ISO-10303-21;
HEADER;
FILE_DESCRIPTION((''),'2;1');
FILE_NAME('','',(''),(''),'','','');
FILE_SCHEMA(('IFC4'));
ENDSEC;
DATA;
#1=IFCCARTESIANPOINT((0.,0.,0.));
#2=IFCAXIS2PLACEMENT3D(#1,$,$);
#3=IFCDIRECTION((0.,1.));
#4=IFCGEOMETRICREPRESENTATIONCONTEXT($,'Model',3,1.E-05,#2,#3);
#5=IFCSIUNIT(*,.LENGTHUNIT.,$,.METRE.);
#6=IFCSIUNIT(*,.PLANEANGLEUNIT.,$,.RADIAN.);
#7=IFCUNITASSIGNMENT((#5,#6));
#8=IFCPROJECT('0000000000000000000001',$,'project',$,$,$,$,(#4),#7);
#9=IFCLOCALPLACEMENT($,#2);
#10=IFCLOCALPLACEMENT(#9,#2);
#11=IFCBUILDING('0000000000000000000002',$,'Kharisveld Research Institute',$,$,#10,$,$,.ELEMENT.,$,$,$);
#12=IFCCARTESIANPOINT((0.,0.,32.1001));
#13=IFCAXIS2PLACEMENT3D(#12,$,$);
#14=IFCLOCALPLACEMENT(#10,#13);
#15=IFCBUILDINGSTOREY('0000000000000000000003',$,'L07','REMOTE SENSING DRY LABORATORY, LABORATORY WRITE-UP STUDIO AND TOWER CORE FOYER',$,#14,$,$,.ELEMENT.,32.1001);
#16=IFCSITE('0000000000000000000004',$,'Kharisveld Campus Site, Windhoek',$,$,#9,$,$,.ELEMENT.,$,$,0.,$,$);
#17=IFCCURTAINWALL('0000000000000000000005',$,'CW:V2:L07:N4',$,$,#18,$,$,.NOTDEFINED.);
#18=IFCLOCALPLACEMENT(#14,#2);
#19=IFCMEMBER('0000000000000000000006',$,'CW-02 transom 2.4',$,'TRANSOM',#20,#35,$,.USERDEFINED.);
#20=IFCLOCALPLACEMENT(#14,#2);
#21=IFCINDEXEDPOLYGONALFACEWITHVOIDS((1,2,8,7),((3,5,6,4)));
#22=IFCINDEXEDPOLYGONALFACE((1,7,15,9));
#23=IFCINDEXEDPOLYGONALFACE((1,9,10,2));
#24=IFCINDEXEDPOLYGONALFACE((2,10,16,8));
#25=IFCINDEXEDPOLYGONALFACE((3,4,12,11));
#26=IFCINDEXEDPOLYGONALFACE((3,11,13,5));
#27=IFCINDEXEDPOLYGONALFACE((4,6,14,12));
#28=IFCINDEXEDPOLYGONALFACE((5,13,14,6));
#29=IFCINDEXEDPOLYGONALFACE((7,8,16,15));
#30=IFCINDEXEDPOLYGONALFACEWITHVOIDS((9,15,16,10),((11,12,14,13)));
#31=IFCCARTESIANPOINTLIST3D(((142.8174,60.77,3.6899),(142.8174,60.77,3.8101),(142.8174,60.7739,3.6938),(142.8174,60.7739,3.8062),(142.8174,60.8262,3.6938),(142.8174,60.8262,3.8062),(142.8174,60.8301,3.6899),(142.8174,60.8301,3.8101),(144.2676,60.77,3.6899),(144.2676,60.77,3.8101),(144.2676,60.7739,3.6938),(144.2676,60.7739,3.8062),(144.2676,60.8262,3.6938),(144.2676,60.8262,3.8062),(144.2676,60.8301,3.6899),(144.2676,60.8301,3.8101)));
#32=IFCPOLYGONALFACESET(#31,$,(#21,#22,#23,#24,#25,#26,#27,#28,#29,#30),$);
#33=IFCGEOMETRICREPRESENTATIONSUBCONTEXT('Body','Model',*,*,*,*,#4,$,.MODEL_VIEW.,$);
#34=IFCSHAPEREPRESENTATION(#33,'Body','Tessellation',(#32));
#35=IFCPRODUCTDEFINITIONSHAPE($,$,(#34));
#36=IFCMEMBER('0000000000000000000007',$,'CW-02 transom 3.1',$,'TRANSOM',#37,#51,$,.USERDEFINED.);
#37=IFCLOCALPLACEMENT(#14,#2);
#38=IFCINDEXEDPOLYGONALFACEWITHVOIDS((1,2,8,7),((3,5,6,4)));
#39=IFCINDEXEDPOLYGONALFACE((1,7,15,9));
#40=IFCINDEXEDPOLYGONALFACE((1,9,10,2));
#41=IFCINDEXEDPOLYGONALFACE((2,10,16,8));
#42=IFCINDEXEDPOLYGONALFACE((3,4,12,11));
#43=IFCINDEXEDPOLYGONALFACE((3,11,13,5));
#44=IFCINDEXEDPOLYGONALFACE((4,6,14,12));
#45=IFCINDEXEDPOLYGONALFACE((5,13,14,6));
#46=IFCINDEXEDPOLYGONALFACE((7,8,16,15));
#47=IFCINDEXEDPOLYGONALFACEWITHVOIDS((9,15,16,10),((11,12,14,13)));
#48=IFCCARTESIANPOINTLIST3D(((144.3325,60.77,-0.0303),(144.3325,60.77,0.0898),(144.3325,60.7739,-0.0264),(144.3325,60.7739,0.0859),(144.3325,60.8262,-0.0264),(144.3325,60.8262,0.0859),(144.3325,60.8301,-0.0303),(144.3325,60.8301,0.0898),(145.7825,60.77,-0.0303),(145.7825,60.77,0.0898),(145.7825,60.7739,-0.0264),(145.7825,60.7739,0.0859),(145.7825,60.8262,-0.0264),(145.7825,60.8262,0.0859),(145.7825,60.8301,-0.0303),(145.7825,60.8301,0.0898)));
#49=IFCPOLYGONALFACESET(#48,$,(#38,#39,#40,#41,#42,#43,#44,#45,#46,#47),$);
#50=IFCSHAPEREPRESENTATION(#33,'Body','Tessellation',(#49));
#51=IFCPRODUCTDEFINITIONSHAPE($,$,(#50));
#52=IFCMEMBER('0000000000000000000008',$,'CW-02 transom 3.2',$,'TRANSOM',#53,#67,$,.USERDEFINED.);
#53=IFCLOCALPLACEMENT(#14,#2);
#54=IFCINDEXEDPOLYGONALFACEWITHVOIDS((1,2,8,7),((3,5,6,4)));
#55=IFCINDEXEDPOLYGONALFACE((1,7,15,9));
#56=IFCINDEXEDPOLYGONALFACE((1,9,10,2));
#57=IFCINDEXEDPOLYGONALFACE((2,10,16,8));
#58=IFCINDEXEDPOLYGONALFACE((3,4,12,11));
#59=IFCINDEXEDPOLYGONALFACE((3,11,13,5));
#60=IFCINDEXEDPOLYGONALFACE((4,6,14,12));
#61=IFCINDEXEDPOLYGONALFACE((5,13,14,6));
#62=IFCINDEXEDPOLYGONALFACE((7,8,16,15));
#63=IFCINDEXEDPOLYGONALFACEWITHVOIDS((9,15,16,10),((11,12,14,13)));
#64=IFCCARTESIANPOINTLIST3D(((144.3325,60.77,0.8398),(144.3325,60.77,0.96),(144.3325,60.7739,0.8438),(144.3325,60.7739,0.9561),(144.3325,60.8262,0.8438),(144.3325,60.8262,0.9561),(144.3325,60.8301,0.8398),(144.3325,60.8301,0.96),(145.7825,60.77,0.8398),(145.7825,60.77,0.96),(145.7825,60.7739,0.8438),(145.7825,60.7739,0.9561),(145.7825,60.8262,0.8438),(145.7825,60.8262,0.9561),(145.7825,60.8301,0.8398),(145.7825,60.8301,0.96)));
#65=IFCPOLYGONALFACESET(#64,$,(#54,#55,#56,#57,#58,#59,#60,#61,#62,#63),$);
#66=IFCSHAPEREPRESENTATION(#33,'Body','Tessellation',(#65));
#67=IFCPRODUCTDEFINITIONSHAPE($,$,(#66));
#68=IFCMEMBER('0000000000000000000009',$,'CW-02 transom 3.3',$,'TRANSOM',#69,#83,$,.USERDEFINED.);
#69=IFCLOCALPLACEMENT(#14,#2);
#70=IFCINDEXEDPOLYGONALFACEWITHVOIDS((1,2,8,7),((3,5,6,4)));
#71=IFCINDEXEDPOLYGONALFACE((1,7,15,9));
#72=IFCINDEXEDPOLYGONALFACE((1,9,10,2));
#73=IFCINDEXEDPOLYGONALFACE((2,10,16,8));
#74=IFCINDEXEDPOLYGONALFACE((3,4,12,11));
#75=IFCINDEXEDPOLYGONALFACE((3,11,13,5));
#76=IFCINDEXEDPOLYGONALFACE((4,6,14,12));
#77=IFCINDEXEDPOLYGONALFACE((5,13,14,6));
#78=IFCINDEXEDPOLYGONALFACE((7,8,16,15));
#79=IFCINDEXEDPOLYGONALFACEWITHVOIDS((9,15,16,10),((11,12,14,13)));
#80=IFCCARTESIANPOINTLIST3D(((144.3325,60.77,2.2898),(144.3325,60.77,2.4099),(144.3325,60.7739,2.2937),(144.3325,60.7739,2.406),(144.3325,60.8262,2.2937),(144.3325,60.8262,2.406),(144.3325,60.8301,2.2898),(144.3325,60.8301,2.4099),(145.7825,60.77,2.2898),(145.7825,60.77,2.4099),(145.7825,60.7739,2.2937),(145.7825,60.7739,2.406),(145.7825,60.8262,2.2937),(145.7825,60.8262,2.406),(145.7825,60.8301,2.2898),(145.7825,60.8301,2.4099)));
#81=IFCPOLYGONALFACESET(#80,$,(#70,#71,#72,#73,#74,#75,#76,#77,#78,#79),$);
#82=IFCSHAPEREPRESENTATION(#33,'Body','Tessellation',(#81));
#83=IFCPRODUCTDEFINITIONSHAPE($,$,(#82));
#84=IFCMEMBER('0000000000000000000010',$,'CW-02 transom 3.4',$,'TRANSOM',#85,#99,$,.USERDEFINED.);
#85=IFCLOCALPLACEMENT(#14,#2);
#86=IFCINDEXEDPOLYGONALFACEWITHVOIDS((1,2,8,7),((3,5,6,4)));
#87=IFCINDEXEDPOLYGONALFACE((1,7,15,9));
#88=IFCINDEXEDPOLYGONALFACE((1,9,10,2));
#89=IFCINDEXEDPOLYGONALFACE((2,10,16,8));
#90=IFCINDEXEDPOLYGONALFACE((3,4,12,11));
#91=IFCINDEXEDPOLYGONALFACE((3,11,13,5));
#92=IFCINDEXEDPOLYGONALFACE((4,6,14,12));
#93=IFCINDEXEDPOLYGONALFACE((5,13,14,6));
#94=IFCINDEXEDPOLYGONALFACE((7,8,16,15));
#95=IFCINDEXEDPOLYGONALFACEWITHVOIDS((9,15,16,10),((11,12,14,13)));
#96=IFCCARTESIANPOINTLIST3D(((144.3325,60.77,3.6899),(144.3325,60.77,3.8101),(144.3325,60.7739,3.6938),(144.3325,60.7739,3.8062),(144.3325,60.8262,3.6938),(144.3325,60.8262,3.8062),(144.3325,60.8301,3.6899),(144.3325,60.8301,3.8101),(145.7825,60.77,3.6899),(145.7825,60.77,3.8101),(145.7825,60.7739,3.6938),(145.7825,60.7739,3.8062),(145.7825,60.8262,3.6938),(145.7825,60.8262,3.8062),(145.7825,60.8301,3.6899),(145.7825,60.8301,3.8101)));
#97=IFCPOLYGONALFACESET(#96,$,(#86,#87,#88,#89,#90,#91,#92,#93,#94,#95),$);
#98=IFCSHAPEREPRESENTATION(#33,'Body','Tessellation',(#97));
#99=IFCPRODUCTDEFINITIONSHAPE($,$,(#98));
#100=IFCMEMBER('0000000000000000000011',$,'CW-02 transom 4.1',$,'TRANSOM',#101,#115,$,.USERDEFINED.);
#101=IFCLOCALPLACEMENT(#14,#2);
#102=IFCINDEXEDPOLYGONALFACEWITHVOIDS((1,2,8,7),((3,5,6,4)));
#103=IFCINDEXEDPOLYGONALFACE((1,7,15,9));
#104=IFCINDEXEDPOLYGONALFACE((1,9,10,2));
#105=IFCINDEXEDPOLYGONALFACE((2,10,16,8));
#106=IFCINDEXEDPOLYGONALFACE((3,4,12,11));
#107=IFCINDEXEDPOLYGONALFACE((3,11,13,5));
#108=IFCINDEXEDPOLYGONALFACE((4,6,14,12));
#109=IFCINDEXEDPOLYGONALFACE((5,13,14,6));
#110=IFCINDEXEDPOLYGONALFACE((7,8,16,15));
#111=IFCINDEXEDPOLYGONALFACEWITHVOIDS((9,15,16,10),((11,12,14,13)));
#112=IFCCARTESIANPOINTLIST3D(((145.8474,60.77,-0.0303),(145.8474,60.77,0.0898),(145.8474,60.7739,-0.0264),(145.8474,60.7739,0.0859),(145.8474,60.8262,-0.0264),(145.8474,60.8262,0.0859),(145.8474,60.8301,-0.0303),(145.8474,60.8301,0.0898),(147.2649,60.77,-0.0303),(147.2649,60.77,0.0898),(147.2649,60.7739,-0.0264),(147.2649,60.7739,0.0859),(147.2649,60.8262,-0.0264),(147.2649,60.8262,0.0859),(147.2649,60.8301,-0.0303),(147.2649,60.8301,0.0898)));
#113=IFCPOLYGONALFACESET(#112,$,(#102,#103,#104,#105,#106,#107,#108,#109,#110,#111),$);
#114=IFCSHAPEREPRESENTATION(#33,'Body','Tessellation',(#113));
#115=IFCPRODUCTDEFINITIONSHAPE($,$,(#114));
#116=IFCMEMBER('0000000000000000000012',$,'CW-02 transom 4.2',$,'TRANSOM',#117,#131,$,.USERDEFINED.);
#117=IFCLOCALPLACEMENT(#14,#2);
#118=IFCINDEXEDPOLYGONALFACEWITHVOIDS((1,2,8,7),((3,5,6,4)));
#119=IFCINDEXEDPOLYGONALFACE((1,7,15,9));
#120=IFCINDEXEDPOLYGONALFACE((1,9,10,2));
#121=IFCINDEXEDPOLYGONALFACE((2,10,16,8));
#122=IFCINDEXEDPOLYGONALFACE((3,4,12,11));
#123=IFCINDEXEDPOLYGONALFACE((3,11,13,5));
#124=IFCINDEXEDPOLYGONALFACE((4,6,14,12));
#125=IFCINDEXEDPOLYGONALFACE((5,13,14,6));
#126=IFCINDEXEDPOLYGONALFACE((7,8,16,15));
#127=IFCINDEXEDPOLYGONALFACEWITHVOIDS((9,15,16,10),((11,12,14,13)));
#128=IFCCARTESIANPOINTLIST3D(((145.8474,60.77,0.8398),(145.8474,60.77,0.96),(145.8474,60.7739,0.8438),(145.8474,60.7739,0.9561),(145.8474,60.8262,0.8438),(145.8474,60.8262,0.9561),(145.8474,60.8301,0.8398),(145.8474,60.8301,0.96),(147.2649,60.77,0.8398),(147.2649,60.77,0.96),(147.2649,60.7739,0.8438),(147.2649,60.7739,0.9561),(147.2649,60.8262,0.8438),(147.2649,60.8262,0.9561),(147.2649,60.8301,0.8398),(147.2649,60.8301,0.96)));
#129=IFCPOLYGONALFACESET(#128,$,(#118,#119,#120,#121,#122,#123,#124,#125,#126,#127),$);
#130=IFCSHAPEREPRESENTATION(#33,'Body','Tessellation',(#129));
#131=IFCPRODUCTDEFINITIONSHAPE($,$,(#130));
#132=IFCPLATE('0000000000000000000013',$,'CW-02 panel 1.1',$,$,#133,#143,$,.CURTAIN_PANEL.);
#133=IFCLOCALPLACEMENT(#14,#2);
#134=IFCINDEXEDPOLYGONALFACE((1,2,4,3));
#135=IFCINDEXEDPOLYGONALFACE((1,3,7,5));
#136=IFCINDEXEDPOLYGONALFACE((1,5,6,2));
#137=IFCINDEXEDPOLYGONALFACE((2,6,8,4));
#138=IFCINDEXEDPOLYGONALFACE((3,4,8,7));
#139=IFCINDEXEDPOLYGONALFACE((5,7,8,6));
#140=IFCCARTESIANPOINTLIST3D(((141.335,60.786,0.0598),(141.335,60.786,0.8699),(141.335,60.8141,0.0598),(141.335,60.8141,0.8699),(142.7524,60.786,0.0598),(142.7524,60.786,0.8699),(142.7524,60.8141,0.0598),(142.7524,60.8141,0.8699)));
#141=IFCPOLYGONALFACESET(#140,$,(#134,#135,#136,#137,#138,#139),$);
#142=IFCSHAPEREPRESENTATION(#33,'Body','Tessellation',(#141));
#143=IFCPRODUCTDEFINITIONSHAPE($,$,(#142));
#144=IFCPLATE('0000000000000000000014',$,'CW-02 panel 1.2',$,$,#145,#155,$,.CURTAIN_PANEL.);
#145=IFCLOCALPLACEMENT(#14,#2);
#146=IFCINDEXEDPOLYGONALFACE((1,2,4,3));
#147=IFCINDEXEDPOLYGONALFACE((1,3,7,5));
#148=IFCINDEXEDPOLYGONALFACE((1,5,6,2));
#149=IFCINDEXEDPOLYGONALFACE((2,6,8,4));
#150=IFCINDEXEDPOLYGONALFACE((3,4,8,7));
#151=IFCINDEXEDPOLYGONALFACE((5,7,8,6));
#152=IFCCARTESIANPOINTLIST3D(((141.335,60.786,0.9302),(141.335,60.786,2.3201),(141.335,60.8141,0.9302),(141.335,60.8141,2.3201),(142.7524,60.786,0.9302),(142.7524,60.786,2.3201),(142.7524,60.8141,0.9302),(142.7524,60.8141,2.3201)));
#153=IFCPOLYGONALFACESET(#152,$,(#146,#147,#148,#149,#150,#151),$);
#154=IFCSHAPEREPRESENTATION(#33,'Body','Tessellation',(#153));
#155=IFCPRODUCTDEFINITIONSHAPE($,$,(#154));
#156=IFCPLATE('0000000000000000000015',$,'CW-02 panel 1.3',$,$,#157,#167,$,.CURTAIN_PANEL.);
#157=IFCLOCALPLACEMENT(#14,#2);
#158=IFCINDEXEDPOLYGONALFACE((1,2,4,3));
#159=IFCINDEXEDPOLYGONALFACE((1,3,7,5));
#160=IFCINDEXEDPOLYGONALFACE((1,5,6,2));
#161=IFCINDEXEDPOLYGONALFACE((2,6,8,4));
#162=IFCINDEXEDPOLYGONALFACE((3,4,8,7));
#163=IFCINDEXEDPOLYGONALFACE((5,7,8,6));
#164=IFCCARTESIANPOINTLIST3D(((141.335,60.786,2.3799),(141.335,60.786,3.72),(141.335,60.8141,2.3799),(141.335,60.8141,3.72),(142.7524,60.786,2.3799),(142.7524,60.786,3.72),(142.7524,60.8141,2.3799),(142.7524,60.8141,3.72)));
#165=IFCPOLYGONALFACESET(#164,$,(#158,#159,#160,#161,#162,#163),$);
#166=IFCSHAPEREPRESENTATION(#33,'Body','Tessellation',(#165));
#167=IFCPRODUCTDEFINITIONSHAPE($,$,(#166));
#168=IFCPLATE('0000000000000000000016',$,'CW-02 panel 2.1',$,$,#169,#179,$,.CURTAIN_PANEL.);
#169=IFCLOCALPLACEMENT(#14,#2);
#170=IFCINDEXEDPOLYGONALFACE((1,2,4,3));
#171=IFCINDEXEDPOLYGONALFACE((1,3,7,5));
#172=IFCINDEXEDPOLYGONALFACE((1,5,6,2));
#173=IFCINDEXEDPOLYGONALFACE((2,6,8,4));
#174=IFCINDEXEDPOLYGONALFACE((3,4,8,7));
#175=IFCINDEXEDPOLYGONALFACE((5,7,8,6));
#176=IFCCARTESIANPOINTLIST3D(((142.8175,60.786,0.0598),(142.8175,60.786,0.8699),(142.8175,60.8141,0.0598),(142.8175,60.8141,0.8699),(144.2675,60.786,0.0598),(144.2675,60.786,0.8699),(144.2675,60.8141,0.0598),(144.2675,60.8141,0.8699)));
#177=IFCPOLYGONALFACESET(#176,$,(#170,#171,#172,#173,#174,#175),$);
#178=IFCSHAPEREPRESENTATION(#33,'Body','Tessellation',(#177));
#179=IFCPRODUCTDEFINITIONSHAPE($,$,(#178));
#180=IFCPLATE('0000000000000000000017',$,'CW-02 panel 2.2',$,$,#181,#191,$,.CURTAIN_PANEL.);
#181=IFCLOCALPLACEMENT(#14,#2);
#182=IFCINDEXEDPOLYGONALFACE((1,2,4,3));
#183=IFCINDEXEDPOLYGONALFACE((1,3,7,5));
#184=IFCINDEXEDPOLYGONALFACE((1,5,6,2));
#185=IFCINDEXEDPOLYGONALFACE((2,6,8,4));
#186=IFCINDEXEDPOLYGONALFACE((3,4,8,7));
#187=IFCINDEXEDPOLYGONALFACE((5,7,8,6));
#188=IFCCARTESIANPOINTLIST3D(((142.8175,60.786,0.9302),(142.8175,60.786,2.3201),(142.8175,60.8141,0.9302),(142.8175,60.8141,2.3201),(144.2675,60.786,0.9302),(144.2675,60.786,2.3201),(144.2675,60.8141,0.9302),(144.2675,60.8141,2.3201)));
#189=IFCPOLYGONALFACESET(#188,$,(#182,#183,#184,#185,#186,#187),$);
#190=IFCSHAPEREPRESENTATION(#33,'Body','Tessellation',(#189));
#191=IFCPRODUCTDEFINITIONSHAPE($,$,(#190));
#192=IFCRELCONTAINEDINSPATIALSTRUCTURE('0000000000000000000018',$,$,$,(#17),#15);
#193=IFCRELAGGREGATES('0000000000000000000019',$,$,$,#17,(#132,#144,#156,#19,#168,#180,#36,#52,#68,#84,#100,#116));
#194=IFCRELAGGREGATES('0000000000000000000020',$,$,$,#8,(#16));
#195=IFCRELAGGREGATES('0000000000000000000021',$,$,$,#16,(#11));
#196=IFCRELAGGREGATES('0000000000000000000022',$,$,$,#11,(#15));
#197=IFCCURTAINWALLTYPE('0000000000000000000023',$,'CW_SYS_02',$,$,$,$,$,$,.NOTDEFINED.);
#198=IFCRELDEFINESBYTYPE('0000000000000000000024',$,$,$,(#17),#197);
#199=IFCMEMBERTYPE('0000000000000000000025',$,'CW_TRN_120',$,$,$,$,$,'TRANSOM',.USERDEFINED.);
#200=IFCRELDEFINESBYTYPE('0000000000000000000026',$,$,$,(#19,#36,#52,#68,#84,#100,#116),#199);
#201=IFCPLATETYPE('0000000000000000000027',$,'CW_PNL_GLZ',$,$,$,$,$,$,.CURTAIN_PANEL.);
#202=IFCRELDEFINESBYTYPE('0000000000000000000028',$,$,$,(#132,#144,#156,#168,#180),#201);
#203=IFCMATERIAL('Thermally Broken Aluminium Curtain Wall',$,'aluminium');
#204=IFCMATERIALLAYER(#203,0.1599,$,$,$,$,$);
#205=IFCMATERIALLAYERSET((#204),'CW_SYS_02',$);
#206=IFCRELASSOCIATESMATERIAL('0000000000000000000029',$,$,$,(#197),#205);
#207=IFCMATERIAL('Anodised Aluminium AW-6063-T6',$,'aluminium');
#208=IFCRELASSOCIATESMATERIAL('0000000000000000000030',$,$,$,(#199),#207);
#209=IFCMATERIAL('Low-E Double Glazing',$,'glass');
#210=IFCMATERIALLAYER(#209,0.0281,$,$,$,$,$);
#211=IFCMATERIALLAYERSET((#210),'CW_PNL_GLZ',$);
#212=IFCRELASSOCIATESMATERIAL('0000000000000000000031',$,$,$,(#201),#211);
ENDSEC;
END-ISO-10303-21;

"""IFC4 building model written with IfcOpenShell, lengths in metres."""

from ifc_helpers import new_model, si_unit, direction, frame, origin, origin_2d, place, context, subcontext, project, spatial, rectangle, hollow_rectangle, extrude, material, layer, layer_set, material_profile, profile_set, type_object, element, aggregate, save


model = new_model("IFC4")

# Units and contexts
model_context = context("Model", 3, precision=1e-05, world=origin(), true_north=direction((0.0, 1.0)))
body_context = subcontext(model_context, "Body", "Model", "MODEL_VIEW")
ifc_project = project(units=[si_unit("LENGTHUNIT", "METRE"), si_unit("PLANEANGLEUNIT", "RADIAN")], contexts=[model_context])

# Site, building, storey
site_placement = place(None, origin())
site = spatial("IfcSite", under=ifc_project, at=site_placement, Name="Kharisveld Campus Site, Windhoek", CompositionType="ELEMENT", RefElevation=0.0)
building_placement = place(site_placement, origin())
building = spatial("IfcBuilding", under=site, at=building_placement, Name="Kharisveld Research Institute", CompositionType="ELEMENT")
storey_placement = place(building_placement, frame((0.0, 0.0, 32.1001)))
storey = spatial("IfcBuildingStorey", under=building, at=storey_placement, Name="L07", Description="REMOTE SENSING DRY LABORATORY, LABORATORY WRITE-UP STUDIO AND TOWER CORE FOYER", CompositionType="ELEMENT", Elevation=32.1001)

# Curtain wall, members, plates
ifc_material_1 = material(Name="Thermally Broken Aluminium Curtain Wall", Category="aluminium")
ifc_layer_1 = layer(ifc_material_1, 0.1599)
ifc_layer_set_1 = layer_set([ifc_layer_1], Name="CW_SYS_02")
curtain_wall_type = type_object("IfcCurtainWallType", Name="CW_SYS_02", PredefinedType="NOTDEFINED", material=ifc_layer_set_1)
curtain_wall_placement = place(storey_placement, origin())
curtain_wall = element("IfcCurtainWall", 1, at=curtain_wall_placement, inside=storey, type_object=curtain_wall_type, Name="CW:V2:L07:N4", PredefinedType="NOTDEFINED")
ifc_material_2 = material(Name="Anodised Aluminium AW-6063-T6", Category="aluminium")
ifc_material_profile_1 = material_profile(ifc_material_2, hollow_rectangle(XDim=0.0601, YDim=0.1201, WallThickness=0.0039, at=origin_2d()))
ifc_profile_set_1 = profile_set([ifc_material_profile_1], Name="Anodised Aluminium AW-6063-T6")
member_type_1 = type_object("IfcMemberType", Name="CW_TRN_120", ElementType="TRANSOM", PredefinedType="USERDEFINED", material=ifc_profile_set_1)
member_1_placement = place(storey_placement, frame((142.8174, 60.8, 3.75), z_axis=(1.0, 0.0, 0.0), x_axis=(0.0, 1.0, 0.0)))
member_1 = element("IfcMember", 2, at=member_1_placement, type_object=member_type_1, Name="CW-02 transom 2.4", ObjectType="TRANSOM", PredefinedType="USERDEFINED", context=body_context, shape_type="SweptSolid", body=[
    extrude(hollow_rectangle(XDim=0.0601, YDim=0.1201, WallThickness=0.0039, at=origin_2d()), origin(), (0.0, 0.0, 1.0), 1.4502),
])
member_2_placement = place(storey_placement, frame((144.3325, 60.8, 0.0298), z_axis=(1.0, 0.0, 0.0), x_axis=(0.0, 1.0, 0.0)))
member_2 = element("IfcMember", 3, at=member_2_placement, type_object=member_type_1, Name="CW-02 transom 3.1", ObjectType="TRANSOM", PredefinedType="USERDEFINED", context=body_context, shape_type="SweptSolid", body=[
    extrude(hollow_rectangle(XDim=0.0601, YDim=0.1201, WallThickness=0.0039, at=origin_2d()), origin(), (0.0, 0.0, 1.0), 1.45),
])
member_3_placement = place(storey_placement, frame((144.3325, 60.8, 0.8999), z_axis=(1.0, 0.0, 0.0), x_axis=(0.0, 1.0, 0.0)))
member_3 = element("IfcMember", 4, at=member_3_placement, type_object=member_type_1, Name="CW-02 transom 3.2", ObjectType="TRANSOM", PredefinedType="USERDEFINED", context=body_context, shape_type="SweptSolid", body=[
    extrude(hollow_rectangle(XDim=0.0601, YDim=0.1201, WallThickness=0.0039, at=origin_2d()), origin(), (0.0, 0.0, 1.0), 1.45),
])
member_4_placement = place(storey_placement, frame((144.3325, 60.8, 2.3499), z_axis=(1.0, 0.0, 0.0), x_axis=(0.0, 1.0, 0.0)))
member_4 = element("IfcMember", 5, at=member_4_placement, type_object=member_type_1, Name="CW-02 transom 3.3", ObjectType="TRANSOM", PredefinedType="USERDEFINED", context=body_context, shape_type="SweptSolid", body=[
    extrude(hollow_rectangle(XDim=0.0601, YDim=0.1201, WallThickness=0.0039, at=origin_2d()), origin(), (0.0, 0.0, 1.0), 1.45),
])
member_5_placement = place(storey_placement, frame((144.3325, 60.8, 3.75), z_axis=(1.0, 0.0, 0.0), x_axis=(0.0, 1.0, 0.0)))
member_5 = element("IfcMember", 6, at=member_5_placement, type_object=member_type_1, Name="CW-02 transom 3.4", ObjectType="TRANSOM", PredefinedType="USERDEFINED", context=body_context, shape_type="SweptSolid", body=[
    extrude(hollow_rectangle(XDim=0.0601, YDim=0.1201, WallThickness=0.0039, at=origin_2d()), origin(), (0.0, 0.0, 1.0), 1.45),
])
member_6_placement = place(storey_placement, frame((145.8474, 60.8, 0.0298), z_axis=(1.0, 0.0, 0.0), x_axis=(0.0, 1.0, 0.0)))
member_6 = element("IfcMember", 7, at=member_6_placement, type_object=member_type_1, Name="CW-02 transom 4.1", ObjectType="TRANSOM", PredefinedType="USERDEFINED", context=body_context, shape_type="SweptSolid", body=[
    extrude(hollow_rectangle(XDim=0.0601, YDim=0.1201, WallThickness=0.0039, at=origin_2d()), origin(), (0.0, 0.0, 1.0), 1.4175),
])
member_7_placement = place(storey_placement, frame((145.8474, 60.8, 0.8999), z_axis=(1.0, 0.0, 0.0), x_axis=(0.0, 1.0, 0.0)))
member_7 = element("IfcMember", 8, at=member_7_placement, type_object=member_type_1, Name="CW-02 transom 4.2", ObjectType="TRANSOM", PredefinedType="USERDEFINED", context=body_context, shape_type="SweptSolid", body=[
    extrude(hollow_rectangle(XDim=0.0601, YDim=0.1201, WallThickness=0.0039, at=origin_2d()), origin(), (0.0, 0.0, 1.0), 1.4175),
])
ifc_material_3 = material(Name="Low-E Double Glazing", Category="glass")
ifc_layer_2 = layer(ifc_material_3, 0.0281)
ifc_layer_set_2 = layer_set([ifc_layer_2], Name="CW_PNL_GLZ")
plate_type = type_object("IfcPlateType", Name="CW_PNL_GLZ", PredefinedType="CURTAIN_PANEL", material=ifc_layer_set_2)
plate_1_placement = place(storey_placement, frame((142.0437, 60.8, 0.0598), z_axis=(0.0, 0.0, 1.0), x_axis=(1.0, 0.0, 0.0)))
plate_1 = element("IfcPlate", 9, at=plate_1_placement, type_object=plate_type, Name="CW-02 panel 1.1", PredefinedType="CURTAIN_PANEL", context=body_context, shape_type="SweptSolid", body=[
    extrude(rectangle(XDim=1.4175, YDim=0.0281, at=origin_2d()), origin(), (0.0, 0.0, 1.0), 0.8101),
])
plate_2_placement = place(storey_placement, frame((142.0437, 60.8, 0.9302), z_axis=(0.0, 0.0, 1.0), x_axis=(1.0, 0.0, 0.0)))
plate_2 = element("IfcPlate", 10, at=plate_2_placement, type_object=plate_type, Name="CW-02 panel 1.2", PredefinedType="CURTAIN_PANEL", context=body_context, shape_type="SweptSolid", body=[
    extrude(rectangle(XDim=1.4175, YDim=0.0281, at=origin_2d()), origin(), (0.0, 0.0, 1.0), 1.3899),
])
plate_3_placement = place(storey_placement, frame((142.0437, 60.8, 2.3799), z_axis=(0.0, 0.0, 1.0), x_axis=(1.0, 0.0, 0.0)))
plate_3 = element("IfcPlate", 11, at=plate_3_placement, type_object=plate_type, Name="CW-02 panel 1.3", PredefinedType="CURTAIN_PANEL", context=body_context, shape_type="SweptSolid", body=[
    extrude(rectangle(XDim=1.4175, YDim=0.0281, at=origin_2d()), origin(), (0.0, 0.0, 1.0), 1.3401),
])
plate_4_placement = place(storey_placement, frame((143.5425, 60.8, 0.0598), z_axis=(0.0, 0.0, 1.0), x_axis=(1.0, 0.0, 0.0)))
plate_4 = element("IfcPlate", 12, at=plate_4_placement, type_object=plate_type, Name="CW-02 panel 2.1", PredefinedType="CURTAIN_PANEL", context=body_context, shape_type="SweptSolid", body=[
    extrude(rectangle(XDim=1.45, YDim=0.0281, at=origin_2d()), origin(), (0.0, 0.0, 1.0), 0.8101),
])
plate_5_placement = place(storey_placement, frame((143.5425, 60.8, 0.9302), z_axis=(0.0, 0.0, 1.0), x_axis=(1.0, 0.0, 0.0)))
plate_5 = element("IfcPlate", 13, at=plate_5_placement, type_object=plate_type, Name="CW-02 panel 2.2", PredefinedType="CURTAIN_PANEL", context=body_context, shape_type="SweptSolid", body=[
    extrude(rectangle(XDim=1.45, YDim=0.0281, at=origin_2d()), origin(), (0.0, 0.0, 1.0), 1.3899),
])
aggregate(curtain_wall, [plate_1, plate_2, plate_3, member_1, plate_4, plate_5, member_2, member_3, member_4, member_5, member_6, member_7])

save(model, "model.ifc")
